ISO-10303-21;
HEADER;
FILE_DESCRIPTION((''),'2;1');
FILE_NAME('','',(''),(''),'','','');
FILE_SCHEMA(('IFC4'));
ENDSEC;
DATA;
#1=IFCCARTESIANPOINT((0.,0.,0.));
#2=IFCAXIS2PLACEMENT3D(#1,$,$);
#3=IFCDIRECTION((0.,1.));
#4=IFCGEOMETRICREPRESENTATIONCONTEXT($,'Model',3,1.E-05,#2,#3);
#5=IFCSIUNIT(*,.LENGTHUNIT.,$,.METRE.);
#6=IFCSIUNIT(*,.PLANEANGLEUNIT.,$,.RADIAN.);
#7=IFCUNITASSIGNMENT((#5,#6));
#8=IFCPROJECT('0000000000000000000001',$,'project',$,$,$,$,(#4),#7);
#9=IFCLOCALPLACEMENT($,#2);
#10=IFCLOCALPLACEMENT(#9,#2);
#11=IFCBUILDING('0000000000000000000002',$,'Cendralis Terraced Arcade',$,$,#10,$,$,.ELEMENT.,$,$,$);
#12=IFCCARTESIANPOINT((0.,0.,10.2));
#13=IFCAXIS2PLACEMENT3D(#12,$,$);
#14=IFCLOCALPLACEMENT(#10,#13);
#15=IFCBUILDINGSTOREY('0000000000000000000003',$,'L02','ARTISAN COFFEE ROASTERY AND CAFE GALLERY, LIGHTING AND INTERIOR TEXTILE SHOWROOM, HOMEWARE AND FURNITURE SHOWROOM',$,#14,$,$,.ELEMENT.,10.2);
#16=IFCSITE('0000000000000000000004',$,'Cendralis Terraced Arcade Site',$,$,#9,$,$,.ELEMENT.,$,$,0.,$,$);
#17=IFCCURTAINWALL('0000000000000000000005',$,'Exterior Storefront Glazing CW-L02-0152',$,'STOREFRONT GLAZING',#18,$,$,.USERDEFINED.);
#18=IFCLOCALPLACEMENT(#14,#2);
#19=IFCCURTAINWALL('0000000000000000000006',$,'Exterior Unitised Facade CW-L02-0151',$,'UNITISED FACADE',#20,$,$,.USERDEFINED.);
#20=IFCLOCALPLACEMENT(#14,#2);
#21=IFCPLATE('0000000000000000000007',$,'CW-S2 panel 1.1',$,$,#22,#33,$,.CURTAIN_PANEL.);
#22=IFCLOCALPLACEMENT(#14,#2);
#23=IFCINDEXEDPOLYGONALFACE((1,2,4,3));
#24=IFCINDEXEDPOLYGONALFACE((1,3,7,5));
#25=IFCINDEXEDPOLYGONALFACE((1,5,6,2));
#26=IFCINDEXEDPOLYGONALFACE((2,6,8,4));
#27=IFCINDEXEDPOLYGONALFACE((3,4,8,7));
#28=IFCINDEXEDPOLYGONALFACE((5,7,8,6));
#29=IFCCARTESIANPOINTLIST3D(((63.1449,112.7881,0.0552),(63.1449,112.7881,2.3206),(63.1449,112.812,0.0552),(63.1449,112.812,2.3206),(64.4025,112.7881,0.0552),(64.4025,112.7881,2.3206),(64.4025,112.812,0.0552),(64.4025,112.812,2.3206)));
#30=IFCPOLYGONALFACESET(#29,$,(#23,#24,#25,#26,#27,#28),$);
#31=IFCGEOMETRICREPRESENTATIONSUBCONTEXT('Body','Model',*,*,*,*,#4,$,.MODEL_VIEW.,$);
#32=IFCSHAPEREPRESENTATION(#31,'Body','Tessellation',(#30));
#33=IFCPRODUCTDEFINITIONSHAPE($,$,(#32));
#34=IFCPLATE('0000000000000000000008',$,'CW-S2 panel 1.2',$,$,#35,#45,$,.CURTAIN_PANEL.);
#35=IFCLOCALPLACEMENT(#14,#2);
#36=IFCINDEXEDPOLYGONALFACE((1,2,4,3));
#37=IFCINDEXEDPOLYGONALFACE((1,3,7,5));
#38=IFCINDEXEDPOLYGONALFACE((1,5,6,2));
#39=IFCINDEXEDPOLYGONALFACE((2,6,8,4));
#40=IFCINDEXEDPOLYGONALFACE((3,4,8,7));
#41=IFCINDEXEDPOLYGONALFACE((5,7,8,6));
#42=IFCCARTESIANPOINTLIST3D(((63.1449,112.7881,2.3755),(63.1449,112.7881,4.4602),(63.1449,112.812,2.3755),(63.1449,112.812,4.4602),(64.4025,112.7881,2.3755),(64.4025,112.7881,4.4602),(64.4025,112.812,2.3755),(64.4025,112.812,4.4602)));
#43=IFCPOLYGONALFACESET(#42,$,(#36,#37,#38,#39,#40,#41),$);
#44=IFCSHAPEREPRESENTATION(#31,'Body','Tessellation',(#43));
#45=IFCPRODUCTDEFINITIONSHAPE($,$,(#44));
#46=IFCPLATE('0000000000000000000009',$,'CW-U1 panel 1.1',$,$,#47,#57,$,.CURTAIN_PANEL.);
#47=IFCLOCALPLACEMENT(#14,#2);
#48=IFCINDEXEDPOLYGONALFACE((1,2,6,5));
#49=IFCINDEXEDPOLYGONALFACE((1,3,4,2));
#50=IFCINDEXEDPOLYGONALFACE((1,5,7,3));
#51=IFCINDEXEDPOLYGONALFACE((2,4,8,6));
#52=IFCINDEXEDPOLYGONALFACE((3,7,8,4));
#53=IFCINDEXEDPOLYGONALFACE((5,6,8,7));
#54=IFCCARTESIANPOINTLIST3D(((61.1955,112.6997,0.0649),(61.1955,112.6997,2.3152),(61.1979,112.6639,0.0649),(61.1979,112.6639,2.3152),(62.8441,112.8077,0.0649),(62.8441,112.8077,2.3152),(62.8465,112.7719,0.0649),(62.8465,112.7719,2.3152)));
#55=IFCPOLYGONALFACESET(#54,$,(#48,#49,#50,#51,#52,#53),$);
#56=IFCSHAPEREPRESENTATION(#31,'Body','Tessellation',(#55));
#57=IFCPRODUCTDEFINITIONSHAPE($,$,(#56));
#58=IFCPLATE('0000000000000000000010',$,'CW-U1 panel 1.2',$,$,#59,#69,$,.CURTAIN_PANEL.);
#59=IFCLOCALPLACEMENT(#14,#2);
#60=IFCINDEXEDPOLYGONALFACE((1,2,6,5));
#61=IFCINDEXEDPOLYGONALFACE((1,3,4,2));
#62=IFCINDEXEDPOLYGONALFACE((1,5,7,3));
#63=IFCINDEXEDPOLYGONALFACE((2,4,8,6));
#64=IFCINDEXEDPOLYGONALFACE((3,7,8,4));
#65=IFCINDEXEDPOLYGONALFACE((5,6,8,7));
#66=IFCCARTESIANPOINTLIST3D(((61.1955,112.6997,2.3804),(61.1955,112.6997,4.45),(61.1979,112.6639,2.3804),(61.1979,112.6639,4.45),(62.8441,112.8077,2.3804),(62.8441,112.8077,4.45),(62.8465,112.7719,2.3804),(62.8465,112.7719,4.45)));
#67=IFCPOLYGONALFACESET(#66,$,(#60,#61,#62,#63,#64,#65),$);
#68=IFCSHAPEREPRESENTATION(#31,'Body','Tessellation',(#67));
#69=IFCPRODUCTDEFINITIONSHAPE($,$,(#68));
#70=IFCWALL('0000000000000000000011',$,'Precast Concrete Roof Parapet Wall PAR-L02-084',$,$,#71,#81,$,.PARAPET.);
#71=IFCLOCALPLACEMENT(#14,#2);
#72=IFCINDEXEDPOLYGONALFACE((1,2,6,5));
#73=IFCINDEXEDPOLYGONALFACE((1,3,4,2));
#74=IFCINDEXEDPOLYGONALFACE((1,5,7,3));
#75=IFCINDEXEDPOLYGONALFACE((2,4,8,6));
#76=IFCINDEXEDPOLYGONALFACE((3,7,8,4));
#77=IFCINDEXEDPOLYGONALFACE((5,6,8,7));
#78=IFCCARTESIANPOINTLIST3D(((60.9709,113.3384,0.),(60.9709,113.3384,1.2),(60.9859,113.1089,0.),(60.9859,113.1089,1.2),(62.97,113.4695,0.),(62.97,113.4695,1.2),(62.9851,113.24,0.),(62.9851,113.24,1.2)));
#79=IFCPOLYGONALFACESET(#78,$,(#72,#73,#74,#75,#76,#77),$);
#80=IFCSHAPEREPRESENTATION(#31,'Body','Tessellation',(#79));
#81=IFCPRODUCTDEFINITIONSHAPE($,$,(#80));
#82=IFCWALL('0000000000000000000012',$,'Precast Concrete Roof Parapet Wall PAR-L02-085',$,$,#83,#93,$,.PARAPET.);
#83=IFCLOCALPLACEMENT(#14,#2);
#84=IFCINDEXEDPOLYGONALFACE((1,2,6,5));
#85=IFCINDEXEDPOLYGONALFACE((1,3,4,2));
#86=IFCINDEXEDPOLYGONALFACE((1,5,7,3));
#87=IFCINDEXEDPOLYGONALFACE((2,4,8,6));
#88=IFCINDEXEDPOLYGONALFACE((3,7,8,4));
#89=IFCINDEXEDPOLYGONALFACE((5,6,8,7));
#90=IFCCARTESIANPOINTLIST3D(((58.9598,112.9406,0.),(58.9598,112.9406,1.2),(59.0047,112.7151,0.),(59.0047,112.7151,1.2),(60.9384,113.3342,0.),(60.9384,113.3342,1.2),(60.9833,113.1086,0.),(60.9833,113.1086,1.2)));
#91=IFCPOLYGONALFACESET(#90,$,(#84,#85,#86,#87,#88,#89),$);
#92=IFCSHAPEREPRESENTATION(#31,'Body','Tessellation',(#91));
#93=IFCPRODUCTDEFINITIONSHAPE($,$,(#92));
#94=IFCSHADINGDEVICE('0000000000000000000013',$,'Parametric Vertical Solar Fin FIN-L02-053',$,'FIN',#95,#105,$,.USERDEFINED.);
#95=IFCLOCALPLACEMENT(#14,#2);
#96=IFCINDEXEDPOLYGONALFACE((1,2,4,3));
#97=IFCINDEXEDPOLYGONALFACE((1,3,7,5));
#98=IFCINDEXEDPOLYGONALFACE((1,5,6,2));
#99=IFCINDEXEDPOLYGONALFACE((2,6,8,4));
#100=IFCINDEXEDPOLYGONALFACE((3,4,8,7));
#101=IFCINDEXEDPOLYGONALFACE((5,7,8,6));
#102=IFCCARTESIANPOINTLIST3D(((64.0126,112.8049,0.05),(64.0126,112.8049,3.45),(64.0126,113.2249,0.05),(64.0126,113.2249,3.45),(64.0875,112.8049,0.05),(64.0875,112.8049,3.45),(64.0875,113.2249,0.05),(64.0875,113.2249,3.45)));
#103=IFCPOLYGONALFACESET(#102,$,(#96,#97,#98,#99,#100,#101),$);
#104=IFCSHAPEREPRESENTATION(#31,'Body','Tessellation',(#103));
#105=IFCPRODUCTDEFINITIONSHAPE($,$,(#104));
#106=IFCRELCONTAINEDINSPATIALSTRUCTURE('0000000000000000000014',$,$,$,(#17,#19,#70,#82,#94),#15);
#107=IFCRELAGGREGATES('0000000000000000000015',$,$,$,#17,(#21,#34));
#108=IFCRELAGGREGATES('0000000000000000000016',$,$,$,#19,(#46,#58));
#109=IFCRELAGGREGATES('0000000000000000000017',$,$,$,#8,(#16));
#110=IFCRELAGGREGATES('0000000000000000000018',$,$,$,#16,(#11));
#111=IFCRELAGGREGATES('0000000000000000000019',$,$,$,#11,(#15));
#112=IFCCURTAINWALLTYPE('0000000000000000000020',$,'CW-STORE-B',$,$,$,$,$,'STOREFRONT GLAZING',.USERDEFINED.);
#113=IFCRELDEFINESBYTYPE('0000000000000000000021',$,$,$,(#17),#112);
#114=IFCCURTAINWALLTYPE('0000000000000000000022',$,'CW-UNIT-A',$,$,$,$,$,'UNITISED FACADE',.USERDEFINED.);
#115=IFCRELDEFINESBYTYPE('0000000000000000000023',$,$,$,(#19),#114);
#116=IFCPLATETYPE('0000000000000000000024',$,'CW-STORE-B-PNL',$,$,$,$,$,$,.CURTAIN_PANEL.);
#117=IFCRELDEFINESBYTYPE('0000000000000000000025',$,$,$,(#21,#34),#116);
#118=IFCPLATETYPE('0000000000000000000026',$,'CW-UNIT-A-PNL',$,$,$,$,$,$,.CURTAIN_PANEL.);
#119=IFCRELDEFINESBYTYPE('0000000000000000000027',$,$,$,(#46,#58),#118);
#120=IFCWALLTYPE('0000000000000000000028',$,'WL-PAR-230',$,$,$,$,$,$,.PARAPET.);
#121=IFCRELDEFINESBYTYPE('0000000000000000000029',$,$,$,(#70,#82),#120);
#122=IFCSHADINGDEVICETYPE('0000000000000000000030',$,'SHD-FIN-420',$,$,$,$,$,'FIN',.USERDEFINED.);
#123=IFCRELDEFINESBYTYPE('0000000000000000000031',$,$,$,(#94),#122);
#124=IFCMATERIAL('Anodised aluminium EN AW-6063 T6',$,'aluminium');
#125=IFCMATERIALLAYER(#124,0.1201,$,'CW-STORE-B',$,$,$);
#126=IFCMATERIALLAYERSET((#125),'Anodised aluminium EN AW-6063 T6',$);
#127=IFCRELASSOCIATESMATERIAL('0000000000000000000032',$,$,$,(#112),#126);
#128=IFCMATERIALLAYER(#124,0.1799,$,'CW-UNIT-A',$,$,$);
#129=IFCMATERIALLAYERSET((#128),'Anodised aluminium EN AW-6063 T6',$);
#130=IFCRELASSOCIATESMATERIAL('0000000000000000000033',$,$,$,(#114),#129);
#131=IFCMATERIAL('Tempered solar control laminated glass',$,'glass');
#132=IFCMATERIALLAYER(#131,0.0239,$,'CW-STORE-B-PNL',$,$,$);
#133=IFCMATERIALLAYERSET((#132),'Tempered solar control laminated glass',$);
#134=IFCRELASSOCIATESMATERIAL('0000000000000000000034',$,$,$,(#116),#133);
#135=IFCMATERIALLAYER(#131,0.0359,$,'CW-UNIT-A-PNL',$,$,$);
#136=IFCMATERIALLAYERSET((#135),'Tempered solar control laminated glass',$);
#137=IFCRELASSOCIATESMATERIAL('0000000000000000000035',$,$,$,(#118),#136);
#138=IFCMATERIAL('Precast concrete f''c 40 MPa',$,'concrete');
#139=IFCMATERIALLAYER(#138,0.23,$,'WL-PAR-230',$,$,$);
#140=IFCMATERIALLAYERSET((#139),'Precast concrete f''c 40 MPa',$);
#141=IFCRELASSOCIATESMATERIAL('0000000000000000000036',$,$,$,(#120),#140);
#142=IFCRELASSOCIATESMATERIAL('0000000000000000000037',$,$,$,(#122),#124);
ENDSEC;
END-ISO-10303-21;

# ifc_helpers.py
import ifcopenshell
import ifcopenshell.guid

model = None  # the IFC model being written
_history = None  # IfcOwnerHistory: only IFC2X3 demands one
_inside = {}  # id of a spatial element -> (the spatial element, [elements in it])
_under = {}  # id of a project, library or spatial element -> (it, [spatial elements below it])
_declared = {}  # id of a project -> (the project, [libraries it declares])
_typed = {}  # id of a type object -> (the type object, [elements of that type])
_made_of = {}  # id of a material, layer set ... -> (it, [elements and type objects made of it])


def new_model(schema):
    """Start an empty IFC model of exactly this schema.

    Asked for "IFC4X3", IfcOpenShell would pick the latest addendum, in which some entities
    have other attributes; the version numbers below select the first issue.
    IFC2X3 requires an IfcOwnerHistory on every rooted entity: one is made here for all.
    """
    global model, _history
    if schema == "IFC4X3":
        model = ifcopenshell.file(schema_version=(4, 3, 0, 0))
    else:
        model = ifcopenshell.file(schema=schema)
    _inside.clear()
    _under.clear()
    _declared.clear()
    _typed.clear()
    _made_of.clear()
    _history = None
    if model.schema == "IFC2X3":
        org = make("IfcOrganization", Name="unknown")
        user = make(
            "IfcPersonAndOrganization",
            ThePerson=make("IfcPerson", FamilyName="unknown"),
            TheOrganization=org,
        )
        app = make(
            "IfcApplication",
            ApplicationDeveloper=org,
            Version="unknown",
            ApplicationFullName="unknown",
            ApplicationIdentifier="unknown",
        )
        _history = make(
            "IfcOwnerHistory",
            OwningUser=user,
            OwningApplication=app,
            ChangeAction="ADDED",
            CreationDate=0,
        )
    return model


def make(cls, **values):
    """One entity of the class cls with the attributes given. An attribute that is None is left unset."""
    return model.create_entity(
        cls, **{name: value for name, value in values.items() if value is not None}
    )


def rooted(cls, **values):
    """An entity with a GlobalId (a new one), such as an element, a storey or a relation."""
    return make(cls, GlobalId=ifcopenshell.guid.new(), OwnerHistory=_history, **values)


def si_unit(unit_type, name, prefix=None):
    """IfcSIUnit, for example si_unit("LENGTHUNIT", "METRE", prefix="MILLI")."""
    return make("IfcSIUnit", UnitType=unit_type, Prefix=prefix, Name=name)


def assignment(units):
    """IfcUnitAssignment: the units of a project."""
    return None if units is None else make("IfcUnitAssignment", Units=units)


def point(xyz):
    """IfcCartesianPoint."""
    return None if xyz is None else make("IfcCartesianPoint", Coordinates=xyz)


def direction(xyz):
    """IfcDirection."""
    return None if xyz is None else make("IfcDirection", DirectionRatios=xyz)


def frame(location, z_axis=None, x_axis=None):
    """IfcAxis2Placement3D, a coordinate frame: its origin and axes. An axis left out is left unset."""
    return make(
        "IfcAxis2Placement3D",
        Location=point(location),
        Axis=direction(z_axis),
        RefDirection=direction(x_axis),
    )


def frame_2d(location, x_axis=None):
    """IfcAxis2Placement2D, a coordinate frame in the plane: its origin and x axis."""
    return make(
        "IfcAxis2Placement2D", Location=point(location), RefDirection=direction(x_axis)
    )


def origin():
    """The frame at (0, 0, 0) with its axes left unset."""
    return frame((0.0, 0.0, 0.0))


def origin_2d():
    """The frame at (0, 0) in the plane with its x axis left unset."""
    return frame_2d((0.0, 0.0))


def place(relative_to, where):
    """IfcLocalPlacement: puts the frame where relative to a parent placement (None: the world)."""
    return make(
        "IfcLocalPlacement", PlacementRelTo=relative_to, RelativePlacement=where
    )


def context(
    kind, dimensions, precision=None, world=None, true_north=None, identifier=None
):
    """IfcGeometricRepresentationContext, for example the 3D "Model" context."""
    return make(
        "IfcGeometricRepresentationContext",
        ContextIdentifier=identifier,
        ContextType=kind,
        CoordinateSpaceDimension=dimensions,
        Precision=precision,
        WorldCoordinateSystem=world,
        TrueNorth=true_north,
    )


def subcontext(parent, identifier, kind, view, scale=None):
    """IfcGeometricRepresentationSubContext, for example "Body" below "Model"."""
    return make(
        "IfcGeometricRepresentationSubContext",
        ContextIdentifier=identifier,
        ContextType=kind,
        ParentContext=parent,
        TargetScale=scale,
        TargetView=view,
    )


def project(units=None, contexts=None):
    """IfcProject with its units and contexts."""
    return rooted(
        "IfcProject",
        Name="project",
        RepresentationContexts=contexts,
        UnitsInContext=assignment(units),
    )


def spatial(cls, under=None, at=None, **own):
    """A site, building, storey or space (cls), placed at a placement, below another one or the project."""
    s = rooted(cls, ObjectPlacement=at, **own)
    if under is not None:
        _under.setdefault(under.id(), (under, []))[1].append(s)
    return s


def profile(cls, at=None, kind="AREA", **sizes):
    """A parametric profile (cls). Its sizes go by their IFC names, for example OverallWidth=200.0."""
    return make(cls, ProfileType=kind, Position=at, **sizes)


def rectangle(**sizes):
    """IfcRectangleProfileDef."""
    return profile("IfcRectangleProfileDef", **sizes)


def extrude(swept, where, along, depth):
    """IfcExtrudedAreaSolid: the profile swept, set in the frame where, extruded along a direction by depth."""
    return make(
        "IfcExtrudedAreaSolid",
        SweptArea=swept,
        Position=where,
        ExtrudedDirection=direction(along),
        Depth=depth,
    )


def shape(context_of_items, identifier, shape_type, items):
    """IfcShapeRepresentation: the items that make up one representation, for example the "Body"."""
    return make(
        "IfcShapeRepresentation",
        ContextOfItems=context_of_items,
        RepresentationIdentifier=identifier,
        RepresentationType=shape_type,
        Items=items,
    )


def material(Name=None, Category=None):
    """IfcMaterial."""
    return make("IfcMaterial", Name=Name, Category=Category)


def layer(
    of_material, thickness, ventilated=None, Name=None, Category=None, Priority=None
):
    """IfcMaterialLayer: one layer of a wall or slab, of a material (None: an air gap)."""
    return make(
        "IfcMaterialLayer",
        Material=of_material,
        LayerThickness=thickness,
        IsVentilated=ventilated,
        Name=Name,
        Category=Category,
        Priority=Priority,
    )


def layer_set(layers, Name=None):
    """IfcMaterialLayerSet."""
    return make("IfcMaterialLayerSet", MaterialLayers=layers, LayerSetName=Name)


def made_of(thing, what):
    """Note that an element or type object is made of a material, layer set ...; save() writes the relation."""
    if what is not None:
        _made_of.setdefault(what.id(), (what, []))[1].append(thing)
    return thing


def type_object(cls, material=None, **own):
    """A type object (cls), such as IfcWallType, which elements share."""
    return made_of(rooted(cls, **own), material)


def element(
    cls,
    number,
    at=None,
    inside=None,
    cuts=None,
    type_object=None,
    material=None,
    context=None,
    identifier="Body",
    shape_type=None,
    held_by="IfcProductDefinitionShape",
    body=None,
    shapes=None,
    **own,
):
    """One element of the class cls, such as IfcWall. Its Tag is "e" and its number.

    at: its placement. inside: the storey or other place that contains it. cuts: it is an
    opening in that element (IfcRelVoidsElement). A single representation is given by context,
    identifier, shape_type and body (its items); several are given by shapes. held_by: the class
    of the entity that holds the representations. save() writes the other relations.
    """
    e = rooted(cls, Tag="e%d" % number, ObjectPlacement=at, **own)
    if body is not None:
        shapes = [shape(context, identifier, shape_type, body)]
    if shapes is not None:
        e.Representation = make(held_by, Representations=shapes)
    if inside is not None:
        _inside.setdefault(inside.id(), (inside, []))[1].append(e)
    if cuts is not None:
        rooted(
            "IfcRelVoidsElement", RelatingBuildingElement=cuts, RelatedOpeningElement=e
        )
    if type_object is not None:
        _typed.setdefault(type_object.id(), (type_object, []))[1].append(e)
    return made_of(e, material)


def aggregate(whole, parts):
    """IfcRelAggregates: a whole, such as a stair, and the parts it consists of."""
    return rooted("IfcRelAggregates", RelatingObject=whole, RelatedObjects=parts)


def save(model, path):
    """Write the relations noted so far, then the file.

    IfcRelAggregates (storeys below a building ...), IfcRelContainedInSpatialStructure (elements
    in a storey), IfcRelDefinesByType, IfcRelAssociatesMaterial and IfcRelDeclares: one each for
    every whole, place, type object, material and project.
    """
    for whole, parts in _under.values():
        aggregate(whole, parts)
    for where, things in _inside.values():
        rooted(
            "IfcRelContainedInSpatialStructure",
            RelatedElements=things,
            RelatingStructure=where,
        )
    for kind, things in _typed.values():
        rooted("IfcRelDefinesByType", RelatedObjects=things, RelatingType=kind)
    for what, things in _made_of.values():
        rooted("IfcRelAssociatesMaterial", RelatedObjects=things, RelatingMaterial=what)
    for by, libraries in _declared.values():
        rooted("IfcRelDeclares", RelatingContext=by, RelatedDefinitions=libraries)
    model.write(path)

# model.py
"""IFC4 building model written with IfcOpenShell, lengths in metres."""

from ifc_helpers import new_model, si_unit, direction, frame, frame_2d, origin, origin_2d, place, context, subcontext, project, spatial, rectangle, extrude, material, layer, layer_set, type_object, element, aggregate, save


model = new_model("IFC4")

# Units and contexts
model_context = context("Model", 3, precision=1e-05, world=origin(), true_north=direction((0.0, 1.0)))
body_context = subcontext(model_context, "Body", "Model", "MODEL_VIEW")
ifc_project = project(units=[si_unit("LENGTHUNIT", "METRE"), si_unit("PLANEANGLEUNIT", "RADIAN")], contexts=[model_context])

# Site, building, storey
site_placement = place(None, origin())
site = spatial("IfcSite", under=ifc_project, at=site_placement, Name="Cendralis Terraced Arcade Site", CompositionType="ELEMENT", RefElevation=0.0)
building_placement = place(site_placement, origin())
building = spatial("IfcBuilding", under=site, at=building_placement, Name="Cendralis Terraced Arcade", CompositionType="ELEMENT")
storey_placement = place(building_placement, frame((0.0, 0.0, 10.2)))
storey = spatial("IfcBuildingStorey", under=building, at=storey_placement, Name="L02", Description="ARTISAN COFFEE ROASTERY AND CAFE GALLERY, LIGHTING AND INTERIOR TEXTILE SHOWROOM, HOMEWARE AND FURNITURE SHOWROOM", CompositionType="ELEMENT", Elevation=10.2)

# Curtain wall
ifc_material_1 = material(Name="Anodised aluminium EN AW-6063 T6", Category="aluminium")
ifc_layer_1 = layer(ifc_material_1, 0.1201, Name="CW-STORE-B")
ifc_layer_set_1 = layer_set([ifc_layer_1], Name="Anodised aluminium EN AW-6063 T6")
curtain_wall_type_1 = type_object("IfcCurtainWallType", Name="CW-STORE-B", ElementType="STOREFRONT GLAZING", PredefinedType="USERDEFINED", material=ifc_layer_set_1)
curtain_wall_1_placement = place(storey_placement, origin())
curtain_wall_1 = element("IfcCurtainWall", 1, at=curtain_wall_1_placement, inside=storey, type_object=curtain_wall_type_1, Name="Exterior Storefront Glazing CW-L02-0152", ObjectType="STOREFRONT GLAZING", PredefinedType="USERDEFINED")

# Shared definitions
ifc_layer_2 = layer(ifc_material_1, 0.1799, Name="CW-UNIT-A")
ifc_layer_set_2 = layer_set([ifc_layer_2], Name="Anodised aluminium EN AW-6063 T6")
curtain_wall_type_2 = type_object("IfcCurtainWallType", Name="CW-UNIT-A", ElementType="UNITISED FACADE", PredefinedType="USERDEFINED", material=ifc_layer_set_2)

# Curtain wall
curtain_wall_2_placement = place(storey_placement, origin())
curtain_wall_2 = element("IfcCurtainWall", 2, at=curtain_wall_2_placement, inside=storey, type_object=curtain_wall_type_2, Name="Exterior Unitised Facade CW-L02-0151", ObjectType="UNITISED FACADE", PredefinedType="USERDEFINED")

# Plates
ifc_material_2 = material(Name="Tempered solar control laminated glass", Category="glass")
ifc_layer_3 = layer(ifc_material_2, 0.0239, Name="CW-STORE-B-PNL")
ifc_layer_set_3 = layer_set([ifc_layer_3], Name="Tempered solar control laminated glass")
plate_type_1 = type_object("IfcPlateType", Name="CW-STORE-B-PNL", PredefinedType="CURTAIN_PANEL", material=ifc_layer_set_3)
plate_1_placement = place(storey_placement, frame((63.7737, 112.8, 0.0552), z_axis=(0.0, 0.0, 1.0), x_axis=(1.0, 0.0, 0.0)))
plate_1 = element("IfcPlate", 3, at=plate_1_placement, type_object=plate_type_1, Name="CW-S2 panel 1.1", PredefinedType="CURTAIN_PANEL", context=body_context, shape_type="SweptSolid", body=[
    extrude(rectangle(XDim=1.2576, YDim=0.0239, at=origin_2d()), origin(), (0.0, 0.0, 1.0), 2.2654),
])
plate_2_placement = place(storey_placement, frame((63.7737, 112.8, 2.3755), z_axis=(0.0, 0.0, 1.0), x_axis=(1.0, 0.0, 0.0)))
plate_2 = element("IfcPlate", 4, at=plate_2_placement, type_object=plate_type_1, Name="CW-S2 panel 1.2", PredefinedType="CURTAIN_PANEL", context=body_context, shape_type="SweptSolid", body=[
    extrude(rectangle(XDim=1.2576, YDim=0.0239, at=origin_2d()), origin(), (0.0, 0.0, 1.0), 2.0847),
])
aggregate(curtain_wall_1, [plate_1, plate_2])
ifc_layer_4 = layer(ifc_material_2, 0.0359, Name="CW-UNIT-A-PNL")
ifc_layer_set_4 = layer_set([ifc_layer_4], Name="Tempered solar control laminated glass")
plate_type_2 = type_object("IfcPlateType", Name="CW-UNIT-A-PNL", PredefinedType="CURTAIN_PANEL", material=ifc_layer_set_4)
plate_3_placement = place(storey_placement, frame((62.021, 112.7358, 0.0649), z_axis=(0.0, 0.0, 1.0), x_axis=(0.997861, 0.065372, 0.0)))
plate_3 = element("IfcPlate", 5, at=plate_3_placement, type_object=plate_type_2, Name="CW-U1 panel 1.1", PredefinedType="CURTAIN_PANEL", context=body_context, shape_type="SweptSolid", body=[
    extrude(rectangle(XDim=1.6521, YDim=0.0359, at=origin_2d()), origin(), (0.0, 0.0, 1.0), 2.2502),
])
plate_4_placement = place(storey_placement, frame((62.021, 112.7358, 2.3804), z_axis=(0.0, 0.0, 1.0), x_axis=(0.997861, 0.065372, 0.0)))
plate_4 = element("IfcPlate", 6, at=plate_4_placement, type_object=plate_type_2, Name="CW-U1 panel 1.2", PredefinedType="CURTAIN_PANEL", context=body_context, shape_type="SweptSolid", body=[
    extrude(rectangle(XDim=1.6521, YDim=0.0359, at=origin_2d()), origin(), (0.0, 0.0, 1.0), 2.0696),
])
aggregate(curtain_wall_2, [plate_3, plate_4])

# Walls
ifc_material_3 = material(Name="Precast concrete f'c 40 MPa", Category="concrete")
ifc_layer_5 = layer(ifc_material_3, 0.23, Name="WL-PAR-230")
ifc_layer_set_5 = layer_set([ifc_layer_5], Name="Precast concrete f'c 40 MPa")
wall_type = type_object("IfcWallType", Name="WL-PAR-230", PredefinedType="PARAPET", material=ifc_layer_set_5)
wall_1_placement = place(storey_placement, frame((62.9775, 113.3547, 0.0), z_axis=(0.0, 0.0, 1.0), x_axis=(-0.997856, -0.065443, 0.0)))
element("IfcWall", 7, at=wall_1_placement, inside=storey, type_object=wall_type, Name="Precast Concrete Roof Parapet Wall PAR-L02-084", PredefinedType="PARAPET", context=body_context, shape_type="SweptSolid", body=[
    extrude(rectangle(XDim=2.0034, YDim=0.23, at=frame_2d((1.0017, 0.0))), origin(), (0.0, 0.0, 1.0), 1.2),
])
wall_2_placement = place(storey_placement, frame((60.9609, 113.2214, 0.0), z_axis=(0.0, 0.0, 1.0), x_axis=(-0.980785, -0.195092, 0.0)))
element("IfcWall", 8, at=wall_2_placement, inside=storey, type_object=wall_type, Name="Precast Concrete Roof Parapet Wall PAR-L02-085", PredefinedType="PARAPET", context=body_context, shape_type="SweptSolid", body=[
    extrude(rectangle(XDim=2.0173, YDim=0.23, at=frame_2d((1.0088, 0.0))), origin(), (0.0, 0.0, 1.0), 1.2),
])

# Shading device
shading_device_type = type_object("IfcShadingDeviceType", Name="SHD-FIN-420", ElementType="FIN", PredefinedType="USERDEFINED", material=ifc_material_1)
shading_device_placement = place(storey_placement, frame((64.05, 113.0149, 0.05), z_axis=(0.0, 0.0, 1.0), x_axis=(1.0, 0.0, 0.0)))
element("IfcShadingDevice", 9, at=shading_device_placement, inside=storey, type_object=shading_device_type, Name="Parametric Vertical Solar Fin FIN-L02-053", ObjectType="FIN", PredefinedType="USERDEFINED", context=body_context, shape_type="SweptSolid", body=[
    extrude(rectangle(XDim=0.075, YDim=0.4199, at=origin_2d()), origin(), (0.0, 0.0, 1.0), 3.3999),
])

save(model, "model.ifc")
